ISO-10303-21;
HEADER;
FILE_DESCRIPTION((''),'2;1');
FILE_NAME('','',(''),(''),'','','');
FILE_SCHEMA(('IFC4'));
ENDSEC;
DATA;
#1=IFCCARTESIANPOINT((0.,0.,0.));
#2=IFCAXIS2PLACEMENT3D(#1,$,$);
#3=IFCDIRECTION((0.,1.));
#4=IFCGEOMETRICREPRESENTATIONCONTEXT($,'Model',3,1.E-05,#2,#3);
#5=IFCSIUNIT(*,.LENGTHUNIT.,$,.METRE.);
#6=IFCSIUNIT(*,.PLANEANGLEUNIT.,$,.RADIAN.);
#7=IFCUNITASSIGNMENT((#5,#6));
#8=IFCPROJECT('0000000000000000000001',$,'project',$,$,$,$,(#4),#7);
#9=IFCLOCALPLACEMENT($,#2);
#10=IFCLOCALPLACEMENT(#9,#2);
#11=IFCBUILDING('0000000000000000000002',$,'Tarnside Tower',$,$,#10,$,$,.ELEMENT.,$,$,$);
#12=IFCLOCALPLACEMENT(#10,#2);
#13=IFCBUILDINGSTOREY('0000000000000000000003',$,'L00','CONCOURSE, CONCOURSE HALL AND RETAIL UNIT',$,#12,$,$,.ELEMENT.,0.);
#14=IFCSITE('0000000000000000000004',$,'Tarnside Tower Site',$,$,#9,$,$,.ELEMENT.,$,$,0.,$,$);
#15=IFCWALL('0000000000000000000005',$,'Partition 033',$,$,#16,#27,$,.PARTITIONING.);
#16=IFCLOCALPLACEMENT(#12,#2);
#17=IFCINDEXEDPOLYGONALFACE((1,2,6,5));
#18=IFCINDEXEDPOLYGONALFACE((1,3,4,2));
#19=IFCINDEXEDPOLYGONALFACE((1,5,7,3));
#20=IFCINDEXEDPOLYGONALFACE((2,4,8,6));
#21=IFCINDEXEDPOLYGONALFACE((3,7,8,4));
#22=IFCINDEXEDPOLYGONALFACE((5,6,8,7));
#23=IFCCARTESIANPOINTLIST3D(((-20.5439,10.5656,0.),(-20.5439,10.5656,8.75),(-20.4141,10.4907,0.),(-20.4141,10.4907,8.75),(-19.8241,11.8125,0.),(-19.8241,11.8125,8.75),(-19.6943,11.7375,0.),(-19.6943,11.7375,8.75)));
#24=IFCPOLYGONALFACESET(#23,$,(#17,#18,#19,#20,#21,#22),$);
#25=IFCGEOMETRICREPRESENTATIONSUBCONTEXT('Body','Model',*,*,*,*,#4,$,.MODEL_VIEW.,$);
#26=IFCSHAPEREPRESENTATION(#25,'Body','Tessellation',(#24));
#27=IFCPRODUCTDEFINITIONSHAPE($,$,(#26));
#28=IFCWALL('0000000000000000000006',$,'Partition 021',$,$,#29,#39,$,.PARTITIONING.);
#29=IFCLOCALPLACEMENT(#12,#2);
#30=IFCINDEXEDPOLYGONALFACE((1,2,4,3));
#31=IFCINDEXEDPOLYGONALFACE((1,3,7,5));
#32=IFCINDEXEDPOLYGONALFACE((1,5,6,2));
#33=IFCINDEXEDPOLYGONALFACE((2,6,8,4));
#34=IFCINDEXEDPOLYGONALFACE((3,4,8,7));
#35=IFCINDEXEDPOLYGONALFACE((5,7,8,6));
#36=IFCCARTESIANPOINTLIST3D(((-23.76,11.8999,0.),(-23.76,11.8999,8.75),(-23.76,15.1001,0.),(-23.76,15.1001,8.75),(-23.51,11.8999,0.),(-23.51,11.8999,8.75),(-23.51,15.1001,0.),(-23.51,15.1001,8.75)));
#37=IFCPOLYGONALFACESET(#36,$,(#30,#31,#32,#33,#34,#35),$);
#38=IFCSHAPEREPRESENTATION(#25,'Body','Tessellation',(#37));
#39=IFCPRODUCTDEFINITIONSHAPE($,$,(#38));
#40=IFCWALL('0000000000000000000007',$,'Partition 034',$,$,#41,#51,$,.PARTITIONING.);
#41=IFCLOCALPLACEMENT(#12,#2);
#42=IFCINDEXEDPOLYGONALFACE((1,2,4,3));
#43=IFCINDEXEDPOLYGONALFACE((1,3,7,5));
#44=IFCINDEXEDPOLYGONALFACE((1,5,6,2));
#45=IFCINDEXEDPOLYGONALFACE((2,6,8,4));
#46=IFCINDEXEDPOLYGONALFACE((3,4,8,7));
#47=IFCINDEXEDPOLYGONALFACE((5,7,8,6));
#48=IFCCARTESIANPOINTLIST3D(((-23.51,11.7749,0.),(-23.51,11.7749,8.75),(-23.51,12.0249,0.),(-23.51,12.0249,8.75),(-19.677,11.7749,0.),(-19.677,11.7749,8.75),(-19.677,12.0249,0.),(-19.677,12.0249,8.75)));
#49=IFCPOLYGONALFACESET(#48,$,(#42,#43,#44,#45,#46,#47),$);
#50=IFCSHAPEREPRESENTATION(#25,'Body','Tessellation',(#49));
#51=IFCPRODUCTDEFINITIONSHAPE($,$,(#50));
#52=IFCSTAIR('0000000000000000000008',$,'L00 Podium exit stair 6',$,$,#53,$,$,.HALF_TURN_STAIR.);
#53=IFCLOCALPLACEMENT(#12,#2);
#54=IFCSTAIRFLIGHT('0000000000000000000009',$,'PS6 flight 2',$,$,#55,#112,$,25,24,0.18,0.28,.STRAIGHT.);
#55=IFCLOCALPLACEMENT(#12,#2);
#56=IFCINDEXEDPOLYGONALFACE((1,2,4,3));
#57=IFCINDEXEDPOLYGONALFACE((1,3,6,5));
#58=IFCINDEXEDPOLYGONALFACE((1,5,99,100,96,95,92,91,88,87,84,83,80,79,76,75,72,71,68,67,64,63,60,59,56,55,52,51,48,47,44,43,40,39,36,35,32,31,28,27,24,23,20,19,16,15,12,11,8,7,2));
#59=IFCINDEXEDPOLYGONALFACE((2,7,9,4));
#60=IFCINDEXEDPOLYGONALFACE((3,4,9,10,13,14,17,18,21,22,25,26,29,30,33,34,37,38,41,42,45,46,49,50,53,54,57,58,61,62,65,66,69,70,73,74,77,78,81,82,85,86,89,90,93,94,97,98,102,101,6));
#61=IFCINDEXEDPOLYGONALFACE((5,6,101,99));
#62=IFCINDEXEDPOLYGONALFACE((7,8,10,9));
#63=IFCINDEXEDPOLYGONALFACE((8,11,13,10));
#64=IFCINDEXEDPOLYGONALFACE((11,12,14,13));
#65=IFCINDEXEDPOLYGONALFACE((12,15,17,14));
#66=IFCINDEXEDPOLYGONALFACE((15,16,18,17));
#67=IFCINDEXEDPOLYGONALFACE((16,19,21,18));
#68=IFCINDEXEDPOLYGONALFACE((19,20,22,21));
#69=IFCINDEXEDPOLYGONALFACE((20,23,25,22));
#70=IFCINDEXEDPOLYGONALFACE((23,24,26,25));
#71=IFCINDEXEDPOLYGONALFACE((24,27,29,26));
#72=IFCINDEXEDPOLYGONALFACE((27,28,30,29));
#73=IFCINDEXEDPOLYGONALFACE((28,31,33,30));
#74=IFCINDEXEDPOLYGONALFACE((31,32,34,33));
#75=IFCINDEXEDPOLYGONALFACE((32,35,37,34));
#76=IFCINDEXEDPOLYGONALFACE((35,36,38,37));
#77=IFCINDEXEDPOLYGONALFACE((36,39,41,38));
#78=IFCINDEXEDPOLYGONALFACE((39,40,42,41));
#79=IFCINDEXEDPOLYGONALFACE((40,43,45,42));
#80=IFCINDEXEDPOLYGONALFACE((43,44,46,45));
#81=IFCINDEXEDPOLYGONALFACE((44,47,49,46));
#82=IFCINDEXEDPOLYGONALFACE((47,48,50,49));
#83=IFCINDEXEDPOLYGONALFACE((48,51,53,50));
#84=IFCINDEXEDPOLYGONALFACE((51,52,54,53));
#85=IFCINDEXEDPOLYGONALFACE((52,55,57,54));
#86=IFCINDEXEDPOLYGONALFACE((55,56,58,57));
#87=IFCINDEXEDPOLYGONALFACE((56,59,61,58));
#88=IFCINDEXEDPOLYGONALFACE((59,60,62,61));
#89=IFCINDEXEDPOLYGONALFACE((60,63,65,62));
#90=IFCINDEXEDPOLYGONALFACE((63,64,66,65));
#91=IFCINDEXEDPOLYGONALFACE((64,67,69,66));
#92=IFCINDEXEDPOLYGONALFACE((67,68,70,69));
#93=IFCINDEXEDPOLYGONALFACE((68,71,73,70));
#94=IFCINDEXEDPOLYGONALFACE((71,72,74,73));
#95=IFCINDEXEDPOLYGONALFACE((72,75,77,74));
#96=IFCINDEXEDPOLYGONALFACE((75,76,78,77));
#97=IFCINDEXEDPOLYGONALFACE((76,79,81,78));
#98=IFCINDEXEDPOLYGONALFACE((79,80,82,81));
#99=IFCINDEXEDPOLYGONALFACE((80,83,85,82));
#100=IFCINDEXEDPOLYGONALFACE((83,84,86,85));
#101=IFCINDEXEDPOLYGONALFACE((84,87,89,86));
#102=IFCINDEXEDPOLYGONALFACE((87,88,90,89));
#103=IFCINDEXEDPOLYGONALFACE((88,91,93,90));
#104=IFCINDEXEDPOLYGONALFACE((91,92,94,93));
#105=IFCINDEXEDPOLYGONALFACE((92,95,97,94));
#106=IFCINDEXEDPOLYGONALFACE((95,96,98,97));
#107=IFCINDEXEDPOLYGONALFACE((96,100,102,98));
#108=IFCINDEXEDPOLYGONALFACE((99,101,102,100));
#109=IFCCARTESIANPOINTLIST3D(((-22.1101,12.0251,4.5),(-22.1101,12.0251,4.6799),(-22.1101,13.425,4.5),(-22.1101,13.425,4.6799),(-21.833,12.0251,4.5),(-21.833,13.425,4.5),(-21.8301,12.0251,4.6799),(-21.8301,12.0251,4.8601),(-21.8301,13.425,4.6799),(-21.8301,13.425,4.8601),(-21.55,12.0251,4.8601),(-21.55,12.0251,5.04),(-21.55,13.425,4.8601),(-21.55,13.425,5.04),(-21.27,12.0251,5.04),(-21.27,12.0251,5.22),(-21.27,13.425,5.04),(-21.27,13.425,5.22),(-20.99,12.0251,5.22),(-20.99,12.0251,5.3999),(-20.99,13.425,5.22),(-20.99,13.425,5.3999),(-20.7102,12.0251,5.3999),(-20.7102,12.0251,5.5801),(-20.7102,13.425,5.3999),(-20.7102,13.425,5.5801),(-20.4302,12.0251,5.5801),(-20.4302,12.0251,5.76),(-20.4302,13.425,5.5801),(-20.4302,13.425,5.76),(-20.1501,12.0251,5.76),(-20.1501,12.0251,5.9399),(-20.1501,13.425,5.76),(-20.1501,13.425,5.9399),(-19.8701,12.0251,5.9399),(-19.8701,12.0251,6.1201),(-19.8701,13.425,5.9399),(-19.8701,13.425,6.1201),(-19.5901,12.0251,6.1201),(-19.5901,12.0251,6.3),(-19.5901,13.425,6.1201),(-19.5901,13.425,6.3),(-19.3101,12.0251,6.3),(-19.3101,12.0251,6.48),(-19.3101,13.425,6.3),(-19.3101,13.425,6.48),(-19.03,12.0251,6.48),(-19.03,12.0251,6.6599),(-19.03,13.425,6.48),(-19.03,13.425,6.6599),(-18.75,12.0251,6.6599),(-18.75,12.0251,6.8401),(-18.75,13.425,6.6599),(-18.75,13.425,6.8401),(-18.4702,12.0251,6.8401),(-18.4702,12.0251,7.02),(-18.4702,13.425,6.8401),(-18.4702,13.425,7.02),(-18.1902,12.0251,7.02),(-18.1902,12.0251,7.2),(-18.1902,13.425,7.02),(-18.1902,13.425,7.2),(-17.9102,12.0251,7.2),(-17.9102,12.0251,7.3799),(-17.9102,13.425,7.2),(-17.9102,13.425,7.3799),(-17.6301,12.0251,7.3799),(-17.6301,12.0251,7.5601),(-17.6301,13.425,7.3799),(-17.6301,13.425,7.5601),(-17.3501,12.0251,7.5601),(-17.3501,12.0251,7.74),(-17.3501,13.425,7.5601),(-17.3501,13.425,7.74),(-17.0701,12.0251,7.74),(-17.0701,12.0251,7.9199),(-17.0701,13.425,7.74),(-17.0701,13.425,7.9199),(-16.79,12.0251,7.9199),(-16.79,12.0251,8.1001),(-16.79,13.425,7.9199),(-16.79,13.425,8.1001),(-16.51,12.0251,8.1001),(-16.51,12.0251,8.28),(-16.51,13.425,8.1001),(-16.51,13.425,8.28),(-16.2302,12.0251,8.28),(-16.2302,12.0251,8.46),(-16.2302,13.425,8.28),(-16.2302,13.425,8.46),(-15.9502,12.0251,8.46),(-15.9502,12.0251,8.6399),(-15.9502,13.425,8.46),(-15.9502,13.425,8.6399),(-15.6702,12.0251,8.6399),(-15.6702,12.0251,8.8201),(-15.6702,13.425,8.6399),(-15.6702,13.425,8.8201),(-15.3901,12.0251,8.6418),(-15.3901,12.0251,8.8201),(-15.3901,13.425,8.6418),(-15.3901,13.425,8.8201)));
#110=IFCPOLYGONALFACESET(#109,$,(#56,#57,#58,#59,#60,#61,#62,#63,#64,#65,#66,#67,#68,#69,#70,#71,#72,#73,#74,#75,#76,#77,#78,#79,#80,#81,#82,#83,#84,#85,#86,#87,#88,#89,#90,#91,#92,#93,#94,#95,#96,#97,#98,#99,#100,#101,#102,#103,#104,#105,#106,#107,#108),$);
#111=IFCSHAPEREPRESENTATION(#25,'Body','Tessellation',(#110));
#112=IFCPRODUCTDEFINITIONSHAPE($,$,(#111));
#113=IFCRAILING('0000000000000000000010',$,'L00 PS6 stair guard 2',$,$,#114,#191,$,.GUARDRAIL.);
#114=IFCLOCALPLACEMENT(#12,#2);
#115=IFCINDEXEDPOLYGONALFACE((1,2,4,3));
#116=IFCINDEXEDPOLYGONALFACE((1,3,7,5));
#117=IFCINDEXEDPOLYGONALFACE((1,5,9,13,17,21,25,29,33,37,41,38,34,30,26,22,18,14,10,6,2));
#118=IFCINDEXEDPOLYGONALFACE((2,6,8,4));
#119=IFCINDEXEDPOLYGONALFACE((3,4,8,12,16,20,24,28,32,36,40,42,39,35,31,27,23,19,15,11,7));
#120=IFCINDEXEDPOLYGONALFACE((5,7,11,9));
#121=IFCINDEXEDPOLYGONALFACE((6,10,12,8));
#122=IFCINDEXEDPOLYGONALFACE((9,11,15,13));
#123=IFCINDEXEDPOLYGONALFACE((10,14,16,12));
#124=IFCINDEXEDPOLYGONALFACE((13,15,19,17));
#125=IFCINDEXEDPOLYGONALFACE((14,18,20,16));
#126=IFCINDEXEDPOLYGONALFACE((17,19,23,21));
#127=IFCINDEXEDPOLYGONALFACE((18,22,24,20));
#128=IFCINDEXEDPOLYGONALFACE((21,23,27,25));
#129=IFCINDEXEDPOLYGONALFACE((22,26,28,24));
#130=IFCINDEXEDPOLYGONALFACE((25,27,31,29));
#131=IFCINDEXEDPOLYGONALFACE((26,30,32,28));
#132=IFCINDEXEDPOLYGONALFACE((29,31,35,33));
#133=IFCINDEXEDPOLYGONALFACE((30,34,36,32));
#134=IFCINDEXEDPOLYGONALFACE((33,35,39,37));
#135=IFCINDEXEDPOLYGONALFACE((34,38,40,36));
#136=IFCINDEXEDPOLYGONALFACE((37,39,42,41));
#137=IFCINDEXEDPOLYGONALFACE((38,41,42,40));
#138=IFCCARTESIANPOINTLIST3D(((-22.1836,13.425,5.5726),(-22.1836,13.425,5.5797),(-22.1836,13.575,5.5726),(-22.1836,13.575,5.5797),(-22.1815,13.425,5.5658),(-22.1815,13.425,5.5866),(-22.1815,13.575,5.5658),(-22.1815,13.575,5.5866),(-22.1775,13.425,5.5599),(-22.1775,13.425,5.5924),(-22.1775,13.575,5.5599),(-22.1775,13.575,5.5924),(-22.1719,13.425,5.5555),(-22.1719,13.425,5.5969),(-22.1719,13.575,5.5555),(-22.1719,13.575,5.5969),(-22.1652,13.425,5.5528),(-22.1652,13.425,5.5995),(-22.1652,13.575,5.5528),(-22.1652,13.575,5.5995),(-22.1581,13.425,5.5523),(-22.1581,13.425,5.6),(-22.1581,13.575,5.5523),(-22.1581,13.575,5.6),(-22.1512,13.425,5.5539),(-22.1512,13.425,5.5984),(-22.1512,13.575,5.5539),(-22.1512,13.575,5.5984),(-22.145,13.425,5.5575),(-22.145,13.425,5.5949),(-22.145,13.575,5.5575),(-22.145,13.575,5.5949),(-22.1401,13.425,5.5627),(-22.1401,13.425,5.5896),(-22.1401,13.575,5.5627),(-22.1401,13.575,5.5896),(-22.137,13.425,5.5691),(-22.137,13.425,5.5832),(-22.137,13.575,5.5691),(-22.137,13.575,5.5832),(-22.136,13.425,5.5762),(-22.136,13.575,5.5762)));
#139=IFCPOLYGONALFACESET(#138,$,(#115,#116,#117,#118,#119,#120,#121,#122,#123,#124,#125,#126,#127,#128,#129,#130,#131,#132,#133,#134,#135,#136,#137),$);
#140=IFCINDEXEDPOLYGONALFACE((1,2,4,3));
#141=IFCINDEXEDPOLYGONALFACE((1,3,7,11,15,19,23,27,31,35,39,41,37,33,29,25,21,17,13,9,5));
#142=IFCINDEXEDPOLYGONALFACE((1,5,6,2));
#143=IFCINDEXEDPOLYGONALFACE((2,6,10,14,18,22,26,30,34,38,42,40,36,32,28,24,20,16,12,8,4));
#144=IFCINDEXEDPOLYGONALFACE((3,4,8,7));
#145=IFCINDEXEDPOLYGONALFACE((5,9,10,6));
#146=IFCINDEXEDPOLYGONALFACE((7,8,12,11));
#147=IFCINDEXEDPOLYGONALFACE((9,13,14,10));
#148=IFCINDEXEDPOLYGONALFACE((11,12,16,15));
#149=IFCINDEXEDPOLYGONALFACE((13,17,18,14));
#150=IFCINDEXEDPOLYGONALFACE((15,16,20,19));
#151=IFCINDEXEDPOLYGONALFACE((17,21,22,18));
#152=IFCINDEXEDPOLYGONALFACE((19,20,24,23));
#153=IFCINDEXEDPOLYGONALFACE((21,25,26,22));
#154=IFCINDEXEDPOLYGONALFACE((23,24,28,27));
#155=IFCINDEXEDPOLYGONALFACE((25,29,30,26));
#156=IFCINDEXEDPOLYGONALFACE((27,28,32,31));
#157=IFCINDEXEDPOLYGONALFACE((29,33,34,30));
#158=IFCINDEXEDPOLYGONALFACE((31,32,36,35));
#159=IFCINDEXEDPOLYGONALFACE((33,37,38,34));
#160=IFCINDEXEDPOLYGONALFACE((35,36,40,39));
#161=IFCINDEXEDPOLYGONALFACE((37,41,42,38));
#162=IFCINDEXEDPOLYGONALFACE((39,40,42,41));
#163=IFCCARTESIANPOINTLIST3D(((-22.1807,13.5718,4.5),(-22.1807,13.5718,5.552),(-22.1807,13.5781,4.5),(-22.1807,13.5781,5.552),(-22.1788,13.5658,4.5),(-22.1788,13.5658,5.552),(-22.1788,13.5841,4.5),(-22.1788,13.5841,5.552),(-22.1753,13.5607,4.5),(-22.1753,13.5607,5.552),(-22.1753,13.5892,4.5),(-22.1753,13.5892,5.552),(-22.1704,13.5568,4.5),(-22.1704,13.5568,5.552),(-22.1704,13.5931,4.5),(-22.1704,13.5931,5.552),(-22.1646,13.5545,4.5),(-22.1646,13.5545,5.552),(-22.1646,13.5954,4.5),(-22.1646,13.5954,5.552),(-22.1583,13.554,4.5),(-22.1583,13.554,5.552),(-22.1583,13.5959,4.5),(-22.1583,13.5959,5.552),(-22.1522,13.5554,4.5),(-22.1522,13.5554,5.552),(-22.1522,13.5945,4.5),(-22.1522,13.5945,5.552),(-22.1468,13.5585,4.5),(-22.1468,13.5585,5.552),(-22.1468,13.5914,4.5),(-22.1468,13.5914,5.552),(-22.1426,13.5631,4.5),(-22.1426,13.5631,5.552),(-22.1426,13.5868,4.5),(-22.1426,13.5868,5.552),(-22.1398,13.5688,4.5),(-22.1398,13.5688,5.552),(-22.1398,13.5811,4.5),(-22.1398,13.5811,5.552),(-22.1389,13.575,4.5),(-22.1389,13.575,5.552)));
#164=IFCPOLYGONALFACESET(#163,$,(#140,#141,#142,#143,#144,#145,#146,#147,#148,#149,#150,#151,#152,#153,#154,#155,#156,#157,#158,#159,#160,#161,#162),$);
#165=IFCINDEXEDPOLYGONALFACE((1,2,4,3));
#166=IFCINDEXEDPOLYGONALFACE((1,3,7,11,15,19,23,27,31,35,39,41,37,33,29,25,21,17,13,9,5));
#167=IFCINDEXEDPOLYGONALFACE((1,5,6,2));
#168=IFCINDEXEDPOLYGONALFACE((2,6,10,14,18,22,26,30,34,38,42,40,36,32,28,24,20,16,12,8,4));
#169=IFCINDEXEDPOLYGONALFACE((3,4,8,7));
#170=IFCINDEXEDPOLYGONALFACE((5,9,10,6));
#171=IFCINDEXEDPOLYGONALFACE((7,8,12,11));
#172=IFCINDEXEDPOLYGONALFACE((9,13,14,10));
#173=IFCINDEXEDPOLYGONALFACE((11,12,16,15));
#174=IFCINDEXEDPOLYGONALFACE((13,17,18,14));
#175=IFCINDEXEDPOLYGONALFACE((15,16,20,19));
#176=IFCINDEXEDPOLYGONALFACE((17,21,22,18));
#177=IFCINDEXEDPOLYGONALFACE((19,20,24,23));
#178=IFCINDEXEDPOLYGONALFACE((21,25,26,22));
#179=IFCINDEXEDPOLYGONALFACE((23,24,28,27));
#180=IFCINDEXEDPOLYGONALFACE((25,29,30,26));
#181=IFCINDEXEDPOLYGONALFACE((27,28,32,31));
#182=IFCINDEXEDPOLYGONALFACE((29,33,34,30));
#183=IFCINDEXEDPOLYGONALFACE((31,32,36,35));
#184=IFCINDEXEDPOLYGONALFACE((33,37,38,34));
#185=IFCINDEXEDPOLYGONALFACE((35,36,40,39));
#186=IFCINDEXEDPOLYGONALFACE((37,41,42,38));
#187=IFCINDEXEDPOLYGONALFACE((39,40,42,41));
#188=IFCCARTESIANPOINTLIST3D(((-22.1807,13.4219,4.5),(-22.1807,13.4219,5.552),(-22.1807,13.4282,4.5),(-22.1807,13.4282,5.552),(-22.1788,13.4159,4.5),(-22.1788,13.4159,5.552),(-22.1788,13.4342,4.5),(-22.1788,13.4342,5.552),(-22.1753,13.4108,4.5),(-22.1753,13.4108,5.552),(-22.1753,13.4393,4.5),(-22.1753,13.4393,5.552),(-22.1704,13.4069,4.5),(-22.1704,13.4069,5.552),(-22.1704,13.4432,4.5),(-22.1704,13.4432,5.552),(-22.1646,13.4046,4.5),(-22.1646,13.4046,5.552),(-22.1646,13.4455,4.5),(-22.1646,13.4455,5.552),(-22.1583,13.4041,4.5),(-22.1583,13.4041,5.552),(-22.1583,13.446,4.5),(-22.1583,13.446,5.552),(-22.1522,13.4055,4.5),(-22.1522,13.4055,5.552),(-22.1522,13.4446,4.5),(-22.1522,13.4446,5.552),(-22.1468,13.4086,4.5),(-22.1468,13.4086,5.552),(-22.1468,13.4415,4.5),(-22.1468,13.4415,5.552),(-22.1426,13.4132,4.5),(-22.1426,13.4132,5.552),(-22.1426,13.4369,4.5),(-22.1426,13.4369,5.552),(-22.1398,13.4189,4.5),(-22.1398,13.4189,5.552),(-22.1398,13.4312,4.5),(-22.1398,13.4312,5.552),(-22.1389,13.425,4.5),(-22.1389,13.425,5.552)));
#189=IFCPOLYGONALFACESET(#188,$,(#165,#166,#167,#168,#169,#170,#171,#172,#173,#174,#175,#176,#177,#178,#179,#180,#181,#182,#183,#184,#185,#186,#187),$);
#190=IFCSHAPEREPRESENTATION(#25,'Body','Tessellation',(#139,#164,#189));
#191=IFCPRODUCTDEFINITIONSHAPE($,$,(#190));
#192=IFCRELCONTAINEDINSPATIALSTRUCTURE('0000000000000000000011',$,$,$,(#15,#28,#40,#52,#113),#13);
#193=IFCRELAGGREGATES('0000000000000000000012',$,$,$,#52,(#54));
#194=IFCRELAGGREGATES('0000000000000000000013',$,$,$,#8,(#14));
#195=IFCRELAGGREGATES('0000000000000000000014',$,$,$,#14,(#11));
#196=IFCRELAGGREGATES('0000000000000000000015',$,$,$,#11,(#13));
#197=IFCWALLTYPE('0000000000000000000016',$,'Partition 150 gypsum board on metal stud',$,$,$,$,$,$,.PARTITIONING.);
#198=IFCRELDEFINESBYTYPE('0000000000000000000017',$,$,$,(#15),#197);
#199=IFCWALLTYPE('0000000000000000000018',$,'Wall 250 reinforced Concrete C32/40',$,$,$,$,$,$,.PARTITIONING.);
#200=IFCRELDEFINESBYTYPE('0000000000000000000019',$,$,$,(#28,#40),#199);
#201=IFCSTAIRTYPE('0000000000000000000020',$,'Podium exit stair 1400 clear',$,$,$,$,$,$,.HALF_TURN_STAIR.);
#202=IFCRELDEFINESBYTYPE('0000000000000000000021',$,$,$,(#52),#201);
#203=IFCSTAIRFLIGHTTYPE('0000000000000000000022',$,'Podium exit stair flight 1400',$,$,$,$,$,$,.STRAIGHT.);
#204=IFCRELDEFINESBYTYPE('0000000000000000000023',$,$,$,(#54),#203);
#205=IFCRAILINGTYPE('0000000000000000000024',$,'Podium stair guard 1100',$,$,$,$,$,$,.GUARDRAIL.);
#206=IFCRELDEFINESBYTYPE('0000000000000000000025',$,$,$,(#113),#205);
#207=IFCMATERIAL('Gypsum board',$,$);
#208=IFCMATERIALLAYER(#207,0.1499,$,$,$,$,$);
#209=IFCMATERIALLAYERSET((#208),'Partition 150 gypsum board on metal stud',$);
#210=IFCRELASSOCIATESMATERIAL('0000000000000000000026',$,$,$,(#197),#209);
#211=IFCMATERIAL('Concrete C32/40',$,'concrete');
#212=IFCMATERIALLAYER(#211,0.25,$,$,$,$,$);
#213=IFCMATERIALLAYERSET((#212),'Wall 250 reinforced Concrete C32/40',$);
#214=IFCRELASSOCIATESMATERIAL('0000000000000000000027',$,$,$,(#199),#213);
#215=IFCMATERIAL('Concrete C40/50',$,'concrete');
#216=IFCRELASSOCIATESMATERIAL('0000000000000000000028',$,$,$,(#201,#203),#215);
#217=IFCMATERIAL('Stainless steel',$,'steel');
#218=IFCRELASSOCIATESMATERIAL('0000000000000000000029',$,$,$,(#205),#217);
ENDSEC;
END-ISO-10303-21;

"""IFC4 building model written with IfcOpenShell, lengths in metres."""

from ifc_helpers import new_model, si_unit, direction, frame, frame_2d, origin, origin_2d, place, context, subcontext, project, spatial, polyline, rectangle, circle, outline, extrude, material, layer, layer_set, type_object, element, aggregate, save


model = new_model("IFC4")

# Units and contexts
model_context = context("Model", 3, precision=1e-05, world=origin(), true_north=direction((0.0, 1.0)))
body_context = subcontext(model_context, "Body", "Model", "MODEL_VIEW")
ifc_project = project(units=[si_unit("LENGTHUNIT", "METRE"), si_unit("PLANEANGLEUNIT", "RADIAN")], contexts=[model_context])

# Site, building, storey
site_placement = place(None, origin())
site = spatial("IfcSite", under=ifc_project, at=site_placement, Name="Tarnside Tower Site", CompositionType="ELEMENT", RefElevation=0.0)
building_placement = place(site_placement, origin())
building = spatial("IfcBuilding", under=site, at=building_placement, Name="Tarnside Tower", CompositionType="ELEMENT")
storey_placement = place(building_placement, origin())
storey = spatial("IfcBuildingStorey", under=building, at=storey_placement, Name="L00", Description="CONCOURSE, CONCOURSE HALL AND RETAIL UNIT", CompositionType="ELEMENT", Elevation=0.0)

# Shared definitions
ifc_material_1 = material(Name="Gypsum board")
ifc_layer_1 = layer(ifc_material_1, 0.1499)
ifc_layer_set_1 = layer_set([ifc_layer_1], Name="Partition 150 gypsum board on metal stud")
wall_type_1 = type_object("IfcWallType", Name="Partition 150 gypsum board on metal stud", PredefinedType="PARTITIONING", material=ifc_layer_set_1)

# Walls
wall_1_placement = place(storey_placement, frame((-19.7593, 11.7749, 0.0), z_axis=(0.0, 0.0, 1.0), x_axis=(-0.499933, -0.866064, 0.0)))
element("IfcWall", 1, at=wall_1_placement, inside=storey, type_object=wall_type_1, Name="Partition 033", PredefinedType="PARTITIONING", context=body_context, shape_type="SweptSolid", body=[
    extrude(rectangle(XDim=1.4397, YDim=0.1499, at=frame_2d((0.7197, 0.0))), origin(), (0.0, 0.0, 1.0), 8.75),
])
ifc_material_2 = material(Name="Concrete C32/40", Category="concrete")
ifc_layer_2 = layer(ifc_material_2, 0.25)
ifc_layer_set_2 = layer_set([ifc_layer_2], Name="Wall 250 reinforced Concrete C32/40")
wall_type_2 = type_object("IfcWallType", Name="Wall 250 reinforced Concrete C32/40", PredefinedType="PARTITIONING", material=ifc_layer_set_2)
wall_2_placement = place(storey_placement, frame((-23.635, 11.8999, 0.0), z_axis=(0.0, 0.0, 1.0), x_axis=(0.0, 1.0, 0.0)))
element("IfcWall", 2, at=wall_2_placement, inside=storey, type_object=wall_type_2, Name="Partition 021", PredefinedType="PARTITIONING", context=body_context, shape_type="SweptSolid", body=[
    extrude(rectangle(XDim=3.2002, YDim=0.25, at=frame_2d((1.6001, 0.0))), origin(), (0.0, 0.0, 1.0), 8.75),
])
wall_3_placement = place(storey_placement, frame((-19.677, 11.8999, 0.0), z_axis=(0.0, 0.0, 1.0), x_axis=(-1.0, 0.0, 0.0)))
element("IfcWall", 3, at=wall_3_placement, inside=storey, type_object=wall_type_2, Name="Partition 034", PredefinedType="PARTITIONING", context=body_context, shape_type="SweptSolid", body=[
    extrude(rectangle(XDim=3.833, YDim=0.25, at=frame_2d((1.9165, 0.0))), origin(), (0.0, 0.0, 1.0), 8.75),
])

# Stair, stair flight
ifc_material_3 = material(Name="Concrete C40/50", Category="concrete")
stair_type = type_object("IfcStairType", Name="Podium exit stair 1400 clear", PredefinedType="HALF_TURN_STAIR", material=ifc_material_3)
stair_placement = place(storey_placement, origin())
stair = element("IfcStair", 4, at=stair_placement, inside=storey, type_object=stair_type, Name="L00 Podium exit stair 6", PredefinedType="HALF_TURN_STAIR")
stair_flight_type = type_object("IfcStairFlightType", Name="Podium exit stair flight 1400", PredefinedType="STRAIGHT", material=ifc_material_3)
stair_flight_placement = place(storey_placement, frame((-22.1101, 12.7251, 4.5), z_axis=(0.0, 0.0, 1.0), x_axis=(1.0, 0.0, 0.0)))
stair_flight = element("IfcStairFlight", 5, at=stair_flight_placement, type_object=stair_flight_type, Name="PS6 flight 2", NumberOfRisers=25, NumberOfTreads=24, PredefinedType="STRAIGHT", RiserHeight=0.18, TreadLength=0.28, context=body_context, shape_type="SweptSolid", body=[
    extrude(outline(polyline([(0.0, 0.0), (0.0, 0.1799), (0.28, 0.1799), (0.28, 0.3601), (0.5601, 0.3601), (0.5601, 0.54), (0.8401, 0.54), (0.8401, 0.72), (1.1201, 0.72), (1.1201, 0.8999), (1.3999, 0.8999), (1.3999, 1.0801), (1.6799, 1.0801), (1.6799, 1.26), (1.96, 1.26), (1.96, 1.4399), (2.24, 1.4399), (2.24, 1.6201), (2.52, 1.6201), (2.52, 1.8), (2.8, 1.8), (2.8, 1.98), (3.0801, 1.98), (3.0801, 2.1599), (3.3601, 2.1599), (3.3601, 2.3401), (3.6399, 2.3401), (3.6399, 2.52), (3.9199, 2.52), (3.9199, 2.7), (4.2, 2.7), (4.2, 2.8799), (4.48, 2.8799), (4.48, 3.0601), (4.76, 3.0601), (4.76, 3.24), (5.04, 3.24), (5.04, 3.4199), (5.3201, 3.4199), (5.3201, 3.6001), (5.6001, 3.6001), (5.6001, 3.78), (5.8799, 3.78), (5.8799, 3.96), (6.1599, 3.96), (6.1599, 4.1399), (6.4399, 4.1399), (6.4399, 4.3201), (6.72, 4.3201), (6.72, 4.5), (6.72, 4.1418), (0.2771, 0.0), (0.0, 0.0)])), frame((0.0, 0.7, 0.0), z_axis=(0.0, -1.0, 0.0), x_axis=(1.0, 0.0, 0.0)), (0.0, 0.0, 1.0), 1.3999),
])
aggregate(stair, [stair_flight])

# Railing
ifc_material_4 = material(Name="Stainless steel", Category="steel")
railing_type_1 = type_object("IfcRailingType", Name="Podium stair guard 1100", PredefinedType="GUARDRAIL", material=ifc_material_4)
railing_1_placement = place(storey_placement, frame((-22.1599, 13.575, 4.5)))
element("IfcRailing", 6, at=railing_1_placement, inside=storey, type_object=railing_type_1, Name="L00 PS6 stair guard 2", PredefinedType="GUARDRAIL", context=body_context, shape_type="SweptSolid", body=[
    extrude(circle(Radius=0.0239, at=origin_2d()), frame((0.0, 0.0, 1.0762), z_axis=(0.0, -1.0, 0.0), x_axis=(1.0, 0.0, 0.0)), (0.0, 0.0, 1.0), 0.1499),
    extrude(circle(Radius=0.021, at=origin_2d()), origin(), (0.0, 0.0, 1.0), 1.052),
    extrude(circle(Radius=0.021, at=origin_2d()), frame((0.0, -0.1499, 0.0)), (0.0, 0.0, 1.0), 1.052),
])

save(model, "model.ifc")
